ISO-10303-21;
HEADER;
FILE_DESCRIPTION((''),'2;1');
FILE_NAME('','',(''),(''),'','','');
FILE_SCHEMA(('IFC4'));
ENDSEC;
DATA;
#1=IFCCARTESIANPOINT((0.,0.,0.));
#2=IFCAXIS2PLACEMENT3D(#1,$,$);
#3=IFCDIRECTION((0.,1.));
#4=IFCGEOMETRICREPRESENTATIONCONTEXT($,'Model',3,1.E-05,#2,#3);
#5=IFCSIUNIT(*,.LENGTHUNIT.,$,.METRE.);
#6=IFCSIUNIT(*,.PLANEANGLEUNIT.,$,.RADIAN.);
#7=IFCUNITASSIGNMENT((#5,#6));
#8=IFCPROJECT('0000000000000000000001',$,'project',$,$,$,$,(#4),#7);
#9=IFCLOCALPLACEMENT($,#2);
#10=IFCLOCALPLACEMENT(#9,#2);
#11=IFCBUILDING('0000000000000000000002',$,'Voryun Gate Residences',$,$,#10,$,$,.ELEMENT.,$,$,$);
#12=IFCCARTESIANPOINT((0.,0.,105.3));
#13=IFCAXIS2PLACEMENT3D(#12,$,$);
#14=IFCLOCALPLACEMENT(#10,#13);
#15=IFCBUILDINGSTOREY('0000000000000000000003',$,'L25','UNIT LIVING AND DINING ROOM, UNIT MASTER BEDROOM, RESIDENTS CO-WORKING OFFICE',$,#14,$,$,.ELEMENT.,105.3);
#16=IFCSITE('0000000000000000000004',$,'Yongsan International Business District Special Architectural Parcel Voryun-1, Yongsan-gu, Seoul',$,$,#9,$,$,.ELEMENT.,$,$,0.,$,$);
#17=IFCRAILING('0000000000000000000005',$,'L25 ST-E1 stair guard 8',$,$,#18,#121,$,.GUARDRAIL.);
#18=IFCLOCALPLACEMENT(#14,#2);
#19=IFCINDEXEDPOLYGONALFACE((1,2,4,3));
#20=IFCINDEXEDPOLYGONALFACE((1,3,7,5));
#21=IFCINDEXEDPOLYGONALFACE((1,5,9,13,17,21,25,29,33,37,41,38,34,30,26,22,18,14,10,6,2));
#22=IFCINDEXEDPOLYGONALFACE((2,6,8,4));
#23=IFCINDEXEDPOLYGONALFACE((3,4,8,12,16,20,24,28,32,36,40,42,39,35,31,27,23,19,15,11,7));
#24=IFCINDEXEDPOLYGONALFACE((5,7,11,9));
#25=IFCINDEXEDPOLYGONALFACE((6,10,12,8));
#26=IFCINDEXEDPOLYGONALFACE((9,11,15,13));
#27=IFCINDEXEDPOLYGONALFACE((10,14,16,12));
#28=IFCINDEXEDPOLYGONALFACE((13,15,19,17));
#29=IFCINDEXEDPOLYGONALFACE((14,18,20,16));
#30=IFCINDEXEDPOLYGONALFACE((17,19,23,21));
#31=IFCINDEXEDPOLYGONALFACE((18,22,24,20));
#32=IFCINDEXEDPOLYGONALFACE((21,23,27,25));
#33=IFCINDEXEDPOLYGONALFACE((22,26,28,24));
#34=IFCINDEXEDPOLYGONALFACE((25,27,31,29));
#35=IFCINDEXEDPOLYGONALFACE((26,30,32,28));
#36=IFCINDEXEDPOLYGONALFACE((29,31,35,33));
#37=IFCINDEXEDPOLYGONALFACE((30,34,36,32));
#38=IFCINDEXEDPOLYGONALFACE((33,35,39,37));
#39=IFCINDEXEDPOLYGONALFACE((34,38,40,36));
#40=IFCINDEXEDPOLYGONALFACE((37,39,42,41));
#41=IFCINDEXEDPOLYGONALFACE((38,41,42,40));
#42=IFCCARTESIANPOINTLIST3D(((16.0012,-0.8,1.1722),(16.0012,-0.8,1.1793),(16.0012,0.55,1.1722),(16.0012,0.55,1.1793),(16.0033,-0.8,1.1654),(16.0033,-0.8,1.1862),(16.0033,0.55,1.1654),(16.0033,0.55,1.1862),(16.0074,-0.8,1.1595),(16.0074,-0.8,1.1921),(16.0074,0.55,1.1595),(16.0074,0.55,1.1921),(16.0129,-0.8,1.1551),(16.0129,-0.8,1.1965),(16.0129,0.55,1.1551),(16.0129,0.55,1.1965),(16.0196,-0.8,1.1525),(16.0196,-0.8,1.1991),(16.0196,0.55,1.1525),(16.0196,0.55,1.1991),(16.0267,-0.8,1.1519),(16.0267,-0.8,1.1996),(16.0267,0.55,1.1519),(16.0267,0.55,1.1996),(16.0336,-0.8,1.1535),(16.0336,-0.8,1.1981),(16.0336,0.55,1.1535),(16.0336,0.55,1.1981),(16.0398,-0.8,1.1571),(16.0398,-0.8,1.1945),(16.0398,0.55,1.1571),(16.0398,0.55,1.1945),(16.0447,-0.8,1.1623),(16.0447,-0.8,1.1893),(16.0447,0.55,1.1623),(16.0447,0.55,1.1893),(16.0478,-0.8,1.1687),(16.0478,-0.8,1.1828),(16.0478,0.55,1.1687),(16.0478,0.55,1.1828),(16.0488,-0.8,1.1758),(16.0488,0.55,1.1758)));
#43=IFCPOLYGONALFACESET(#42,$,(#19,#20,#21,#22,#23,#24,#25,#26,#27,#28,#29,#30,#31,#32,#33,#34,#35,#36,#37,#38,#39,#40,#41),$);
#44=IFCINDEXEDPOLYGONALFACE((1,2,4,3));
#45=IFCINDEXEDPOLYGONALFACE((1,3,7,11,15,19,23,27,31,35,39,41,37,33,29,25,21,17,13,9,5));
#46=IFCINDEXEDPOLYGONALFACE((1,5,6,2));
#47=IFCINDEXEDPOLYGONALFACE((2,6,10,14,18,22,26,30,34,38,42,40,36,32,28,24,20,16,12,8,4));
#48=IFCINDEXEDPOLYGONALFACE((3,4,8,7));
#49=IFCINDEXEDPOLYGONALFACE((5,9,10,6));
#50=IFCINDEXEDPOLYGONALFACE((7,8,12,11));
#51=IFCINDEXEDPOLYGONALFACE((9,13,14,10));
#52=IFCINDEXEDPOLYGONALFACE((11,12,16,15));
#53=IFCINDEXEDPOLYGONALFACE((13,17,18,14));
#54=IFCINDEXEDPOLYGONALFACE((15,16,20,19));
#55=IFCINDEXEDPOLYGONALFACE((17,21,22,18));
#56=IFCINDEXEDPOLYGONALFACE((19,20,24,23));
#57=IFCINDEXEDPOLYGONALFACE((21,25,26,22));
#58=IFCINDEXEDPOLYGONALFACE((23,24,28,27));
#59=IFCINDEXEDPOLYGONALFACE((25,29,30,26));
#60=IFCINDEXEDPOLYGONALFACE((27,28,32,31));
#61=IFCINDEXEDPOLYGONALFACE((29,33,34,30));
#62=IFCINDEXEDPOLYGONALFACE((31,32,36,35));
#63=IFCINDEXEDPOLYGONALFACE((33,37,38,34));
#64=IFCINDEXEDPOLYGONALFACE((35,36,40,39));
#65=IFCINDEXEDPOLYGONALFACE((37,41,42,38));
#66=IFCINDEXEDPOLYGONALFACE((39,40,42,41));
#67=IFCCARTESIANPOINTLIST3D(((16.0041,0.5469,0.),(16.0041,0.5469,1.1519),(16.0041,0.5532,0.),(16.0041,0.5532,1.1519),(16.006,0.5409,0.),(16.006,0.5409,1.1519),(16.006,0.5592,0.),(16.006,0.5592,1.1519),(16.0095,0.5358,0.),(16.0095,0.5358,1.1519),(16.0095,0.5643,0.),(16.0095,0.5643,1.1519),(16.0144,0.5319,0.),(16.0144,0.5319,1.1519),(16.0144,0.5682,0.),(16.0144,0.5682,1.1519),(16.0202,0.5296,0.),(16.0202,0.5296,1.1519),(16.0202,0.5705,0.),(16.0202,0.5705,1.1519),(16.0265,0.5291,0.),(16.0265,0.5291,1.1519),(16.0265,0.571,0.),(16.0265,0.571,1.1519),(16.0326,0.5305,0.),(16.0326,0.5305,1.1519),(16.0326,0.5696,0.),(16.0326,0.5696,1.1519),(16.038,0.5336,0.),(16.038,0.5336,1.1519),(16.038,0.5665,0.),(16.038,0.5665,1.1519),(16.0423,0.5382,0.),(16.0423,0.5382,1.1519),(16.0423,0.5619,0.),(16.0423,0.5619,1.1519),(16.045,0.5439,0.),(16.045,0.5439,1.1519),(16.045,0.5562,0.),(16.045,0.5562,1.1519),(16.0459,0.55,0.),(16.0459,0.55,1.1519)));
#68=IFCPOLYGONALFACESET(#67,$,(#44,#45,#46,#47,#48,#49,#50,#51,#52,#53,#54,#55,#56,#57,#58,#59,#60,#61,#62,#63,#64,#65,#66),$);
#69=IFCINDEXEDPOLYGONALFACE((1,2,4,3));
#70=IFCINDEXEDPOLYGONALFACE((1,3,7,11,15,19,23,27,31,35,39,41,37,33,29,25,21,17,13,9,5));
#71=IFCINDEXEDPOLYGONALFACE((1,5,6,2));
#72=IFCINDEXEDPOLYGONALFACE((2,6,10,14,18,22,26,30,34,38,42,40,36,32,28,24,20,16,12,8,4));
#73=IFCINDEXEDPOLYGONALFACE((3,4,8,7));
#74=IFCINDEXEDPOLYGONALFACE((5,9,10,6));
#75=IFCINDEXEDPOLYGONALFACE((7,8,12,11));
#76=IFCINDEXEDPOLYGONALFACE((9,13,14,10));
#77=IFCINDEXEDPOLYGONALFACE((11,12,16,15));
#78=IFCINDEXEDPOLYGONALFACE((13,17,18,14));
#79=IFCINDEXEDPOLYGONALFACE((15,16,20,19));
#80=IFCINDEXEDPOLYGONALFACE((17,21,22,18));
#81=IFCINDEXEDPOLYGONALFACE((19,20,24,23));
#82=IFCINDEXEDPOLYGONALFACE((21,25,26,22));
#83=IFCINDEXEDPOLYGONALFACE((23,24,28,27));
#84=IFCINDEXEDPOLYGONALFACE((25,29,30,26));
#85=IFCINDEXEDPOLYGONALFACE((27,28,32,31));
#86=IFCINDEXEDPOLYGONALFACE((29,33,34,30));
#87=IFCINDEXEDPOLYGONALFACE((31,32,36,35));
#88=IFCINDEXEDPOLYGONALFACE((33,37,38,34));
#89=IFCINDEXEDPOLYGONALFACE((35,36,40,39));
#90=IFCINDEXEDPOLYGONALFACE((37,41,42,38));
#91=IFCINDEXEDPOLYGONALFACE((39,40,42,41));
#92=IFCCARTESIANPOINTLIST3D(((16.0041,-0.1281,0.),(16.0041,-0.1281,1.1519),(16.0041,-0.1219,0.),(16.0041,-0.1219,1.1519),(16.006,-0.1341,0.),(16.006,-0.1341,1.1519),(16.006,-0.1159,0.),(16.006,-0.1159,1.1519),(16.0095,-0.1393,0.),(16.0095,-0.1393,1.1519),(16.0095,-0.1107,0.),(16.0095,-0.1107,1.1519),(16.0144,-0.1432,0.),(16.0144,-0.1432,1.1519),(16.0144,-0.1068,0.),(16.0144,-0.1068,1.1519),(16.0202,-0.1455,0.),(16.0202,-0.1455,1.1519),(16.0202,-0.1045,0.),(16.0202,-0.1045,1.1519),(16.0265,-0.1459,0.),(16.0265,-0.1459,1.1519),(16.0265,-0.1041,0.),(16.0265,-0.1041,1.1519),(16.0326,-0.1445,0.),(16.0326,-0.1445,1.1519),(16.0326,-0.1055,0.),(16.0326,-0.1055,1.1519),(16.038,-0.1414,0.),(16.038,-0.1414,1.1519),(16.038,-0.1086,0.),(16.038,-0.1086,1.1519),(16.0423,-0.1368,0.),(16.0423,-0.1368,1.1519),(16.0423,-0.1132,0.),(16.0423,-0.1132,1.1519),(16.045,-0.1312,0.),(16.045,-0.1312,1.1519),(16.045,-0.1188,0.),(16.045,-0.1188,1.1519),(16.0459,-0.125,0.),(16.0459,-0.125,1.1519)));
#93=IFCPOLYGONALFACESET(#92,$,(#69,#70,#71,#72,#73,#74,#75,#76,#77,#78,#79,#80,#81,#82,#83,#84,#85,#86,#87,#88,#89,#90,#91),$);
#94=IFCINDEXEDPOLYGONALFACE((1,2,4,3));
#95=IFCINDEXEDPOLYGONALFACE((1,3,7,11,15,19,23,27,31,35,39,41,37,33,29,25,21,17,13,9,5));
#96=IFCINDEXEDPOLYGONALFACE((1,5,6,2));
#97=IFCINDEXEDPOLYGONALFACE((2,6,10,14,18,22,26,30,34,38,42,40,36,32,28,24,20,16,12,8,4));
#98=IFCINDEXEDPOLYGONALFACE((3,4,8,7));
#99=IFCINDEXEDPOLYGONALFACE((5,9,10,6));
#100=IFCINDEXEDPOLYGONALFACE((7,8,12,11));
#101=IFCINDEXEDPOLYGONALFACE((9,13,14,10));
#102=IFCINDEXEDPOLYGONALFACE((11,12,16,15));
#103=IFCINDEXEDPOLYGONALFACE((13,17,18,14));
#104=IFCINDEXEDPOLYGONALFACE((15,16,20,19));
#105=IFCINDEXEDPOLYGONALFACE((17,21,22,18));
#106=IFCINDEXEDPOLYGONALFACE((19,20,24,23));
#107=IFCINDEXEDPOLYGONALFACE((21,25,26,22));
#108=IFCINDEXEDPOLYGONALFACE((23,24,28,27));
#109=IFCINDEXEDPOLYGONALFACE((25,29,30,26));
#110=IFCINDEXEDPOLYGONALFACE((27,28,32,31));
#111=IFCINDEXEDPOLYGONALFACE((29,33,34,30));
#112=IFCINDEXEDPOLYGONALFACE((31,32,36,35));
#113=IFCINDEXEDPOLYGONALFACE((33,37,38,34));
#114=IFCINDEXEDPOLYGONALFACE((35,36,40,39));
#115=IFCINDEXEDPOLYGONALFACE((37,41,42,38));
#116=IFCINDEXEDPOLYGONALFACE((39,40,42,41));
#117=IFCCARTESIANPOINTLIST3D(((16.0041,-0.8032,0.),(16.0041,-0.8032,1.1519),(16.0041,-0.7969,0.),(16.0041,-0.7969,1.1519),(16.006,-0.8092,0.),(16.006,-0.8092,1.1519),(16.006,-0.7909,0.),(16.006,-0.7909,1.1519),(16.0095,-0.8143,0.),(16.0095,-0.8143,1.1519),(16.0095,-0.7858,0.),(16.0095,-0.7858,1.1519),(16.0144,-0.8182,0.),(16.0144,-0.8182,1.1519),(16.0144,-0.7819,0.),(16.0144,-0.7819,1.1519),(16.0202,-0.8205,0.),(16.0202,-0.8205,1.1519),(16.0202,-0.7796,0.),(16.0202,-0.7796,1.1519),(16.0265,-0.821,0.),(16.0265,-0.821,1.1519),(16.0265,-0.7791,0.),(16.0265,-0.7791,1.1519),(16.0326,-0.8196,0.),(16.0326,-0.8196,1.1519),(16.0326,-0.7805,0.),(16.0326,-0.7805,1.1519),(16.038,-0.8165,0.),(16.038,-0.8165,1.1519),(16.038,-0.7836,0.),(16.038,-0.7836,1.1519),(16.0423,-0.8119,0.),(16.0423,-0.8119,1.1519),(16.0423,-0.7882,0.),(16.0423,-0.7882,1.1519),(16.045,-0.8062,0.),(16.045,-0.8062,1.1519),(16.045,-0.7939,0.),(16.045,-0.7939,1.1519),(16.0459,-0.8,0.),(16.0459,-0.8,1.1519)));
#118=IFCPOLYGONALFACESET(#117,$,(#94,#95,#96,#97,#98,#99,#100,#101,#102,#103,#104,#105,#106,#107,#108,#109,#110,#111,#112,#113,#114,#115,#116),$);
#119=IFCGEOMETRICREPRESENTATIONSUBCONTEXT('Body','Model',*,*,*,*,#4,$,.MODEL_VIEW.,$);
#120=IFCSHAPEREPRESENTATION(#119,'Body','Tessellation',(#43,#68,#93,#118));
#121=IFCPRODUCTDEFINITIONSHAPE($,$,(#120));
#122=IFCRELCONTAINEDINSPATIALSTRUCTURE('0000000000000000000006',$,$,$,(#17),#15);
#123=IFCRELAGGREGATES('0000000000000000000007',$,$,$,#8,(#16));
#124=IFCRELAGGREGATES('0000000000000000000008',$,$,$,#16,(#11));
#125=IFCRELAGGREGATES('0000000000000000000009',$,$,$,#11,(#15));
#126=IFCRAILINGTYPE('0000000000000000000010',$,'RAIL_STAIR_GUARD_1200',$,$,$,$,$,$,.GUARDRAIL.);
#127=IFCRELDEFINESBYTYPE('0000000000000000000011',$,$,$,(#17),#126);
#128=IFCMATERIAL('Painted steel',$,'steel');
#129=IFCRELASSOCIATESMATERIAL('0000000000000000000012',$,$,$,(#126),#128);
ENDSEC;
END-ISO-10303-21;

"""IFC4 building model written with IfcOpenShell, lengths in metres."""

from ifc_helpers import new_model, si_unit, direction, frame, origin, origin_2d, place, context, subcontext, project, spatial, circle, extrude, material, type_object, element, save


model = new_model("IFC4")

# Units and contexts
model_context = context("Model", 3, precision=1e-05, world=origin(), true_north=direction((0.0, 1.0)))
body_context = subcontext(model_context, "Body", "Model", "MODEL_VIEW")
ifc_project = project(units=[si_unit("LENGTHUNIT", "METRE"), si_unit("PLANEANGLEUNIT", "RADIAN")], contexts=[model_context])

# Site, building, storey
site_placement = place(None, origin())
site = spatial("IfcSite", under=ifc_project, at=site_placement, Name="Yongsan International Business District Special Architectural Parcel Voryun-1, Yongsan-gu, Seoul", CompositionType="ELEMENT", RefElevation=0.0)
building_placement = place(site_placement, origin())
building = spatial("IfcBuilding", under=site, at=building_placement, Name="Voryun Gate Residences", CompositionType="ELEMENT")
storey_placement = place(building_placement, frame((0.0, 0.0, 105.3)))
storey = spatial("IfcBuildingStorey", under=building, at=storey_placement, Name="L25", Description="UNIT LIVING AND DINING ROOM, UNIT MASTER BEDROOM, RESIDENTS CO-WORKING OFFICE", CompositionType="ELEMENT", Elevation=105.3)

# Railing
ifc_material_1 = material(Name="Painted steel", Category="steel")
railing_type = type_object("IfcRailingType", Name="RAIL_STAIR_GUARD_1200", PredefinedType="GUARDRAIL", material=ifc_material_1)
railing_1_placement = place(storey_placement, frame((16.0249, 0.55, 0.0)))
element("IfcRailing", 1, at=railing_1_placement, inside=storey, type_object=railing_type, Name="L25 ST-E1 stair guard 8", PredefinedType="GUARDRAIL", context=body_context, shape_type="SweptSolid", body=[
    extrude(circle(Radius=0.0239, at=origin_2d()), frame((0.0, 0.0, 1.1758), z_axis=(0.0, -1.0, 0.0), x_axis=(1.0, 0.0, 0.0)), (0.0, 0.0, 1.0), 1.3501),
    extrude(circle(Radius=0.021, at=origin_2d()), origin(), (0.0, 0.0, 1.0), 1.1519),
    extrude(circle(Radius=0.021, at=origin_2d()), frame((0.0, -0.675, 0.0)), (0.0, 0.0, 1.0), 1.1519),
    extrude(circle(Radius=0.021, at=origin_2d()), frame((0.0, -1.3501, 0.0)), (0.0, 0.0, 1.0), 1.1519),
])

save(model, "model.ifc")
